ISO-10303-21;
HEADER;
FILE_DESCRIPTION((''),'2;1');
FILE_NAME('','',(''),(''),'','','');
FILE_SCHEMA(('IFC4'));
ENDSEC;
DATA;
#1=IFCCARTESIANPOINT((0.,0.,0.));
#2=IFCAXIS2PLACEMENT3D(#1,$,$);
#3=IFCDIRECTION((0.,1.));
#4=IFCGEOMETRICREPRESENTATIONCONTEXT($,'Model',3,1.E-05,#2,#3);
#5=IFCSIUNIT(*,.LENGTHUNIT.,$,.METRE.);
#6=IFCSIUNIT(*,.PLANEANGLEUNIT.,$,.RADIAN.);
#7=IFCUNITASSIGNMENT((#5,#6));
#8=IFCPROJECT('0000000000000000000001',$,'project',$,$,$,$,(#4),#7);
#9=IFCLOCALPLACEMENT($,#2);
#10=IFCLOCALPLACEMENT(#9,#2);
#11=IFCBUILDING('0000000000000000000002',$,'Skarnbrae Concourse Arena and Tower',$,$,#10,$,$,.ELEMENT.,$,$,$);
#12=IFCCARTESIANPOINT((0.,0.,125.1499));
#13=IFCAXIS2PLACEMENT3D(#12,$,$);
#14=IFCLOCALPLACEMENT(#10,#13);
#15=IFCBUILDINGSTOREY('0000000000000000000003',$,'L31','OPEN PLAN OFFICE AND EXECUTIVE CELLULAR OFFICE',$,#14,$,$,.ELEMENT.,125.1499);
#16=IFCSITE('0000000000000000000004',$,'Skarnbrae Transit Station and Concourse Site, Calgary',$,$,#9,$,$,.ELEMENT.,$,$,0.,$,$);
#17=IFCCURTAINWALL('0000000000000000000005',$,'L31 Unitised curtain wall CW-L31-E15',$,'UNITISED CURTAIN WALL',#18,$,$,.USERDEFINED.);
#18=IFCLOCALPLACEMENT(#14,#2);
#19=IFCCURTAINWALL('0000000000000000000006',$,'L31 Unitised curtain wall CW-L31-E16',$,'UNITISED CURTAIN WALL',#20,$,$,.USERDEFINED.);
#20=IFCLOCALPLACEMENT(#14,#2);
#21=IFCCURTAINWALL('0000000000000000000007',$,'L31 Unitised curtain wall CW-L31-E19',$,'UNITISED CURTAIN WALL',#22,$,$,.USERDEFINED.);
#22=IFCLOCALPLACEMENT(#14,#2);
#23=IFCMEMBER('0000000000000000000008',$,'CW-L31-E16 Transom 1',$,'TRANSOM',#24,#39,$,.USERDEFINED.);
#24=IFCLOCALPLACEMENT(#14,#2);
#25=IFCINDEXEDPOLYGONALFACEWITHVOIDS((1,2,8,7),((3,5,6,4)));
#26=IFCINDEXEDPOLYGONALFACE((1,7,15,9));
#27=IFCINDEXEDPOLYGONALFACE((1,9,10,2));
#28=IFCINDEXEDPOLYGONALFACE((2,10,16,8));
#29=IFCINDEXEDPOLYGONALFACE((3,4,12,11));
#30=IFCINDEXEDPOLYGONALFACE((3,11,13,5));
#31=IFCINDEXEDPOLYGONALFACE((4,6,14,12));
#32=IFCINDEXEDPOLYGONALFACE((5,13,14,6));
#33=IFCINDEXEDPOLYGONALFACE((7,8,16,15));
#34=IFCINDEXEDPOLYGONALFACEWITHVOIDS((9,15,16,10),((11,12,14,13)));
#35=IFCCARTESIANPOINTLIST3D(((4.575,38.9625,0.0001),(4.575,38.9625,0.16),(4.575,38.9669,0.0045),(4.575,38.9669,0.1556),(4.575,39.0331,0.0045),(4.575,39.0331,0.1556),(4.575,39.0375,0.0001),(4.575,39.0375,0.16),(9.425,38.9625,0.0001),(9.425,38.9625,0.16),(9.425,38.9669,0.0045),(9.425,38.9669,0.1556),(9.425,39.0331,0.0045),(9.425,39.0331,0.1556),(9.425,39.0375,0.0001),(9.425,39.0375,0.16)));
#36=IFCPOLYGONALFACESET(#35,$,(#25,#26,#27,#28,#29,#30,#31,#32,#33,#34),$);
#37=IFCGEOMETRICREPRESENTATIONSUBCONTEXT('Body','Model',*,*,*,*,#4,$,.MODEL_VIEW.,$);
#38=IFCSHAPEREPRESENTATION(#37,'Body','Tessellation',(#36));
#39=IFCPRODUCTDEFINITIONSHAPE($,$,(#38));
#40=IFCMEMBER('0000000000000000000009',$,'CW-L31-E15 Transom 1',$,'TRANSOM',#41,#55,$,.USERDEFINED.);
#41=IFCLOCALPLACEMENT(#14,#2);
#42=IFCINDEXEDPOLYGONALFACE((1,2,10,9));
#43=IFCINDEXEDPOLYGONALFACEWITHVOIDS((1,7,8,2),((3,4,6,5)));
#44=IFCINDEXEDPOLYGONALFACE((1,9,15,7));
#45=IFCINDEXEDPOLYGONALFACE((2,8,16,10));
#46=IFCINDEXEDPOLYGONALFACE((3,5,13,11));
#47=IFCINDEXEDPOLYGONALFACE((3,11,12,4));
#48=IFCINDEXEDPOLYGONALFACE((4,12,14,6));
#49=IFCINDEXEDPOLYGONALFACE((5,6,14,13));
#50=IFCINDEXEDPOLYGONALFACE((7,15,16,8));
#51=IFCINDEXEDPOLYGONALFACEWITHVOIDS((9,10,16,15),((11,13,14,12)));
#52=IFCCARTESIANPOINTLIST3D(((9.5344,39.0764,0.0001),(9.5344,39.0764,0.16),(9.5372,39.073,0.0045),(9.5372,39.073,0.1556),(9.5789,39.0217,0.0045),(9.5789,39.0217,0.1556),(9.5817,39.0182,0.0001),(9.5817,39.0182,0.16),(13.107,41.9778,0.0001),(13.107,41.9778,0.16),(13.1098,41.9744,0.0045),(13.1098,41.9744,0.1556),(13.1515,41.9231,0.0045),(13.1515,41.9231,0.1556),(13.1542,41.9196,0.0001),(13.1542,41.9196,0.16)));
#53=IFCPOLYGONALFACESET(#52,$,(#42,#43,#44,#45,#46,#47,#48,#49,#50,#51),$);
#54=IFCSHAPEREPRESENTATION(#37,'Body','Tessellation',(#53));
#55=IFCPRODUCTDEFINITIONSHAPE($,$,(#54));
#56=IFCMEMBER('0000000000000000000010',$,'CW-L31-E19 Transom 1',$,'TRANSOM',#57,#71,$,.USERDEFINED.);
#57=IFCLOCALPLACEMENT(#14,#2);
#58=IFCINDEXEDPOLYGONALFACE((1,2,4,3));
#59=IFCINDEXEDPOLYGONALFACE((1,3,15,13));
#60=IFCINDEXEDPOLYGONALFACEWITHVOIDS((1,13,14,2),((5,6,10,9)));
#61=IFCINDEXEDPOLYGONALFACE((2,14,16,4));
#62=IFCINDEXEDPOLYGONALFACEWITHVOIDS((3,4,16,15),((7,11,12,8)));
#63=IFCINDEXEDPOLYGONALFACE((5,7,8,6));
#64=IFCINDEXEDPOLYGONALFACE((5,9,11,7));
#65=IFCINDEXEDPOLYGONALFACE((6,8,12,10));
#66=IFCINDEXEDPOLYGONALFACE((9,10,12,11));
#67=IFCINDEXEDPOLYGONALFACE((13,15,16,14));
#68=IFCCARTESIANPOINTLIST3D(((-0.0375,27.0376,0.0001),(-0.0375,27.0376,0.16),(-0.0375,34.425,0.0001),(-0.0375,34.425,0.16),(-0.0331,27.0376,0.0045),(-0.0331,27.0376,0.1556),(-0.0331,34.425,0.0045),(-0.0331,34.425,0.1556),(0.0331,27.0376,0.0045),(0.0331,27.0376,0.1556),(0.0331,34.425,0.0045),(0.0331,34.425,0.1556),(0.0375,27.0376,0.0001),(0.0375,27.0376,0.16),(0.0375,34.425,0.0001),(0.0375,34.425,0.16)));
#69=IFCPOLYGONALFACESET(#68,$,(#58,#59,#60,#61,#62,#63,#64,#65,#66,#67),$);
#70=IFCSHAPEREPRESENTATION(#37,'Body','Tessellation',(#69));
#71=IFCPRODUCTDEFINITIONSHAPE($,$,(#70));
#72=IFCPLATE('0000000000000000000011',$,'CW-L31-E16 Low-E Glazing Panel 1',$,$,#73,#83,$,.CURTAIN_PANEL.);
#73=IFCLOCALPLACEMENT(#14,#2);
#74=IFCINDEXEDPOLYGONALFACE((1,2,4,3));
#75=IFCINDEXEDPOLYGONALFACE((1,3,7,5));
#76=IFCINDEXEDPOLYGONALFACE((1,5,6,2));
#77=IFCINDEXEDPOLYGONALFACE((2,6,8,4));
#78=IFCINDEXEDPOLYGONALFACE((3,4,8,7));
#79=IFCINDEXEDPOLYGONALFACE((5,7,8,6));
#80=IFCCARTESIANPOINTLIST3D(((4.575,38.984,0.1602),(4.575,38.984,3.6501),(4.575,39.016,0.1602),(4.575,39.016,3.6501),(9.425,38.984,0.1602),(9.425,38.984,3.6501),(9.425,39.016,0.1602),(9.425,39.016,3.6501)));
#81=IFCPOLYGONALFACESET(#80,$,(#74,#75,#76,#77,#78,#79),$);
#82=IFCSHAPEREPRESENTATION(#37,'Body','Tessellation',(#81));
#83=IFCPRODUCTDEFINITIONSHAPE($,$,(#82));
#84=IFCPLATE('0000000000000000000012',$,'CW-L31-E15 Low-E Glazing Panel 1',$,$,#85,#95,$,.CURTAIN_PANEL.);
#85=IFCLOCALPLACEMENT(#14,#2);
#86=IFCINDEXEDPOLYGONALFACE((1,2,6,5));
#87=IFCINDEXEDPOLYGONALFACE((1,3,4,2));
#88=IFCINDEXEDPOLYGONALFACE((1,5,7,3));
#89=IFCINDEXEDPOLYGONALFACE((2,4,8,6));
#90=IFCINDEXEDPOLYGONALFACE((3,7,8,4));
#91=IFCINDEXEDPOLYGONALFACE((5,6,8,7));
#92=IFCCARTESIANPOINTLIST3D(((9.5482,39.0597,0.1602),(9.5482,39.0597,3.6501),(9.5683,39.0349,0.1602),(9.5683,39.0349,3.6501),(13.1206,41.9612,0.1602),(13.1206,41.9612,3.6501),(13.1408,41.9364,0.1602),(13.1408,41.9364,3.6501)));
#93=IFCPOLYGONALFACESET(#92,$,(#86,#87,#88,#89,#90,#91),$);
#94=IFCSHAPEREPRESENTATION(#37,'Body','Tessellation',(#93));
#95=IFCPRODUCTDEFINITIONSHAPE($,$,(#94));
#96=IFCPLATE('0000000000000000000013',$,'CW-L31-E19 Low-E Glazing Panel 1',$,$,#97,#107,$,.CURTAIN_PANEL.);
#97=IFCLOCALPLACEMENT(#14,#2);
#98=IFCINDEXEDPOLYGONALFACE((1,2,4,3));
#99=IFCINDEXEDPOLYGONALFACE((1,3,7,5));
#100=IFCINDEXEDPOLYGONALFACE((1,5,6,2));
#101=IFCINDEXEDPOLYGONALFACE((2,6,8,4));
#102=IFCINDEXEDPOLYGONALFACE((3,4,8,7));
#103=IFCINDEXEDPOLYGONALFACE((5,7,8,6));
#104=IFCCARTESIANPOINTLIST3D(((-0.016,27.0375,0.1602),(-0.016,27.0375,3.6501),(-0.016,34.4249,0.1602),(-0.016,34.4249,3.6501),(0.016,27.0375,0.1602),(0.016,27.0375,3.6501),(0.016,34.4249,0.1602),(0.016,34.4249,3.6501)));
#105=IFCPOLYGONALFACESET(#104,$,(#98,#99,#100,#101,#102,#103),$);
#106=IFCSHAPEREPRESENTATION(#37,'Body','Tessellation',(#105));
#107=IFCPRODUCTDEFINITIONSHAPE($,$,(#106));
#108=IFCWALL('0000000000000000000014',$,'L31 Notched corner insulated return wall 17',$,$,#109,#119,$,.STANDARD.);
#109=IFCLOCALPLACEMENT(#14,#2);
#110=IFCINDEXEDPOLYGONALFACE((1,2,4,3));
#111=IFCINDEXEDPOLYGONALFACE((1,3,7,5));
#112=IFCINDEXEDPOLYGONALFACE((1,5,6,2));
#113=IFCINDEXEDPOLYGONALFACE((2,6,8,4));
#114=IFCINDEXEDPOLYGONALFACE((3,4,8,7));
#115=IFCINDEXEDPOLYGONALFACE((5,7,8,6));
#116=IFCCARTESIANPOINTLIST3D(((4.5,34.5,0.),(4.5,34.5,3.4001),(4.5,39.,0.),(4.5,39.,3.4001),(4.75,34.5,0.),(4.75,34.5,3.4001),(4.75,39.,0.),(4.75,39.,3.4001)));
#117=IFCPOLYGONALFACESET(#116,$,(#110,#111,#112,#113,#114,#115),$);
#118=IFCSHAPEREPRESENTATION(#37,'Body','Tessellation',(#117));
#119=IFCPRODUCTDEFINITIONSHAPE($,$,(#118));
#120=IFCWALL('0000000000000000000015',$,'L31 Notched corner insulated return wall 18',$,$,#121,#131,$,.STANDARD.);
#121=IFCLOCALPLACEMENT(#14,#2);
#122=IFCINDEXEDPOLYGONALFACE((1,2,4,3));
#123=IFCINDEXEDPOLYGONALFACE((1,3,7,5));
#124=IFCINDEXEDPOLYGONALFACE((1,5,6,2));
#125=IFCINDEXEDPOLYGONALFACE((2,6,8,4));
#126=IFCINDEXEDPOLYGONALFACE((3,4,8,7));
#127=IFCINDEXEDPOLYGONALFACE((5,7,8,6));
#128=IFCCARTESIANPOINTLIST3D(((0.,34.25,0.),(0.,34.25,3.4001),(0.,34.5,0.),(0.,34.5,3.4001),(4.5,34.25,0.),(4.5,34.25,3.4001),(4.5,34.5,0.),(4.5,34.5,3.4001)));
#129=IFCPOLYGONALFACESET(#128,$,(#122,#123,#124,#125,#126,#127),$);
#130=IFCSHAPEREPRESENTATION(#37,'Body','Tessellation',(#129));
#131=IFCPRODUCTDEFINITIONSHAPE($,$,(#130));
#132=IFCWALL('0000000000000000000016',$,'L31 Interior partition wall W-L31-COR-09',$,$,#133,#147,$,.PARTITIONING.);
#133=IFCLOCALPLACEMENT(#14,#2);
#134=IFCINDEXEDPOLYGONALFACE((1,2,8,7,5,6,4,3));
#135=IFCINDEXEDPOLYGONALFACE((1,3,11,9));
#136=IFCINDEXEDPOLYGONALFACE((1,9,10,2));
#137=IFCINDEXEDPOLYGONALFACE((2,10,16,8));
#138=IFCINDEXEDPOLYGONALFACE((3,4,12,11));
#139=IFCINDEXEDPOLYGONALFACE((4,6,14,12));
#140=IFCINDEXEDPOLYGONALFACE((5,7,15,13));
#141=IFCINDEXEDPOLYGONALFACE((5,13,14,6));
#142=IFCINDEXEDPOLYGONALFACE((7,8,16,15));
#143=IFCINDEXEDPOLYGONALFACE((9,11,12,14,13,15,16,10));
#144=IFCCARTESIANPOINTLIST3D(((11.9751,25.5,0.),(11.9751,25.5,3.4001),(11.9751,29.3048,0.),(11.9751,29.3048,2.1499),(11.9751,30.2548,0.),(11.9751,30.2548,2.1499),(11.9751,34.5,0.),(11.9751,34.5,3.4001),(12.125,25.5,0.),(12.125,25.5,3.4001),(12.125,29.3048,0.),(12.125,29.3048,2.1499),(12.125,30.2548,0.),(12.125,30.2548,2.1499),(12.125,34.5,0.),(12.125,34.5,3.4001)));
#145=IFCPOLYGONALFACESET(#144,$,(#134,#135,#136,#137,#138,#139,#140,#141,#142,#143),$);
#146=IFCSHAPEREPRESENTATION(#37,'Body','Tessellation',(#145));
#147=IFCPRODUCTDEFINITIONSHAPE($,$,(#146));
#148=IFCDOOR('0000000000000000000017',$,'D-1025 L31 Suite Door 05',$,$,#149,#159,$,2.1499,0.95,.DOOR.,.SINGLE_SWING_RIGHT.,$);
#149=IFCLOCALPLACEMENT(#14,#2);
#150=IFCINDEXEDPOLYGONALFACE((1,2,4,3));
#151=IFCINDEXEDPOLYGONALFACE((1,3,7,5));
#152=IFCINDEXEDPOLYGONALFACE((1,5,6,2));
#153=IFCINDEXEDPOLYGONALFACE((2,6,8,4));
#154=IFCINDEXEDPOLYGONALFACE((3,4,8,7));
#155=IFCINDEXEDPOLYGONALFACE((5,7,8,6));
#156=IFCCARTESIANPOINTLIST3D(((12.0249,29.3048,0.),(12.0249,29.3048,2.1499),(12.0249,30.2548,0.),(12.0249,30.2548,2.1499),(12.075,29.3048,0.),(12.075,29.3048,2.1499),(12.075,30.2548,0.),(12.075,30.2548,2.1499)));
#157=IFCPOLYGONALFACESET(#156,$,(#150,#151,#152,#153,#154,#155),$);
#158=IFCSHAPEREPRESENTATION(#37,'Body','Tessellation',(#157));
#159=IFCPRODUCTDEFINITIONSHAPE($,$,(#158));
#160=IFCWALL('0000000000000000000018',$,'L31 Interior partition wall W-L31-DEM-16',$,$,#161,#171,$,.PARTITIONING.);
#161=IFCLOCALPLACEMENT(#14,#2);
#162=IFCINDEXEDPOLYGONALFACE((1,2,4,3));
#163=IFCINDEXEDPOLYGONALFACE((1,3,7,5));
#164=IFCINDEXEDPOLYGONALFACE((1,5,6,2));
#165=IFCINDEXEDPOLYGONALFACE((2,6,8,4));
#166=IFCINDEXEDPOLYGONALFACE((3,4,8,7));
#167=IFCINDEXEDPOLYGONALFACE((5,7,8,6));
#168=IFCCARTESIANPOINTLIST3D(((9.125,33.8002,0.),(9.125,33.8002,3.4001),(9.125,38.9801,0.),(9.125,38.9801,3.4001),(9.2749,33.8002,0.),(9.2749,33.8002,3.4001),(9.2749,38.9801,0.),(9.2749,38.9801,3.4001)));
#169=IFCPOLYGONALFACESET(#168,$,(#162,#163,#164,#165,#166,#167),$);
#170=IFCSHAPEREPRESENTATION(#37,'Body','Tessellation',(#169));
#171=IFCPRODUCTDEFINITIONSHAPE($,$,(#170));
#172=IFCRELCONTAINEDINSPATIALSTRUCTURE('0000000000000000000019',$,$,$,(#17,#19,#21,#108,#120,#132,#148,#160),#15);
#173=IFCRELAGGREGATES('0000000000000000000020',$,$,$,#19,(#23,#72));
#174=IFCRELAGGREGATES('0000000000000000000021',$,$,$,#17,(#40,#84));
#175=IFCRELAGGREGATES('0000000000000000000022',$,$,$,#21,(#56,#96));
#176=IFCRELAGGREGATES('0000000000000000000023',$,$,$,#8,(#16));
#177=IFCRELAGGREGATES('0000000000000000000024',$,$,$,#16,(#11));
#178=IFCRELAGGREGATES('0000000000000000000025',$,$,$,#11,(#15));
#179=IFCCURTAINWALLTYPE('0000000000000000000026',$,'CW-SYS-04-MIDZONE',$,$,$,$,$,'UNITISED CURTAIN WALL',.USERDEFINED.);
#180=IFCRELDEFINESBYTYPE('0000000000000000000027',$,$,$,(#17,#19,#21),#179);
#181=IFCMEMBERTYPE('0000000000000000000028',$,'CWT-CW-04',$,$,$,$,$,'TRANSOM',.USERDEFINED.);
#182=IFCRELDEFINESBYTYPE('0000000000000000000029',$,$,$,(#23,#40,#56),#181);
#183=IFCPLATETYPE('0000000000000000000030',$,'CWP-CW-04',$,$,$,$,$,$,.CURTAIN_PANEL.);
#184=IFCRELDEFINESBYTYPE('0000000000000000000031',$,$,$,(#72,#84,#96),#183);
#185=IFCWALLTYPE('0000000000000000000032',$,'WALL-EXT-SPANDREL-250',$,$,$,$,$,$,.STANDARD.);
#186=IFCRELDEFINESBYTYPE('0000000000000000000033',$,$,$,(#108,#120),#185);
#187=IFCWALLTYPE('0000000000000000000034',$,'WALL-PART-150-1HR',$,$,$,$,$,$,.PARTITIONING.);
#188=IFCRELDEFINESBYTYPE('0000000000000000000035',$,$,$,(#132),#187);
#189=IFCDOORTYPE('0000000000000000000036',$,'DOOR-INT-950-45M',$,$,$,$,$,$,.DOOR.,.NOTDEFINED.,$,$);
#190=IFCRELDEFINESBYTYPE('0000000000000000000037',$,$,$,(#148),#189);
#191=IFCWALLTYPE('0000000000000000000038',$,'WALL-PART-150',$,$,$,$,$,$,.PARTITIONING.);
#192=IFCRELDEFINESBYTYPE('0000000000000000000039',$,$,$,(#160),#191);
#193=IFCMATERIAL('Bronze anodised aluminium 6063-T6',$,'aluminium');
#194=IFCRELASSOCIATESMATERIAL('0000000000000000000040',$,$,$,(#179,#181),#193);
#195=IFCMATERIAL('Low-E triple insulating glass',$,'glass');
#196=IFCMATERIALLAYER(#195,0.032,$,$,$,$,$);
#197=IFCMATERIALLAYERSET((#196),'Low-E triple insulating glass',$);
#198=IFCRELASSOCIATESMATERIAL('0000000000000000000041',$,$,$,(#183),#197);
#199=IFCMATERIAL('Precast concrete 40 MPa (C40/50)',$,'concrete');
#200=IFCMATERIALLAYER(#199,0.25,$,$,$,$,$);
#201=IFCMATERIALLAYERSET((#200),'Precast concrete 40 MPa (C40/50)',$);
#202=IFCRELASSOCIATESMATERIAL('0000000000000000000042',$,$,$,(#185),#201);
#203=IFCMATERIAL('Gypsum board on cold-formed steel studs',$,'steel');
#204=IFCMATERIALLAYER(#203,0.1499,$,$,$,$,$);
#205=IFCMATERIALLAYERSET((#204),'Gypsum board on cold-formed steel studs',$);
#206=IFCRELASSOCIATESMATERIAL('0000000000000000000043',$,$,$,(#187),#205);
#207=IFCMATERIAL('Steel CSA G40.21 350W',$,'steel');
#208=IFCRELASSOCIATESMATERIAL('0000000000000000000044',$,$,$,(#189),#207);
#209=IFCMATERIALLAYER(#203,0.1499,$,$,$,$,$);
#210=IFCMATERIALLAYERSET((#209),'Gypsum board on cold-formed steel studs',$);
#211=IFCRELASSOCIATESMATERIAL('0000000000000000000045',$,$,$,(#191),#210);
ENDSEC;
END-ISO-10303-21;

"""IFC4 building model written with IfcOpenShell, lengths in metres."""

from ifc_helpers import new_model, si_unit, direction, frame, frame_2d, origin, origin_2d, place, context, subcontext, project, spatial, rectangle, hollow_rectangle, extrude, source, transform, mapped, material, layer, layer_set, material_profile, profile_set, type_object, element, fill, aggregate, save


model = new_model("IFC4")

# Units and contexts
model_context = context("Model", 3, precision=1e-05, world=origin(), true_north=direction((0.0, 1.0)))
body_context = subcontext(model_context, "Body", "Model", "MODEL_VIEW")
ifc_project = project(units=[si_unit("LENGTHUNIT", "METRE"), si_unit("PLANEANGLEUNIT", "RADIAN")], contexts=[model_context])

# Site, building, storey
site_placement = place(None, origin())
site = spatial("IfcSite", under=ifc_project, at=site_placement, Name="Skarnbrae Transit Station and Concourse Site, Calgary", CompositionType="ELEMENT", RefElevation=0.0)
building_placement = place(site_placement, origin())
building = spatial("IfcBuilding", under=site, at=building_placement, Name="Skarnbrae Concourse Arena and Tower", CompositionType="ELEMENT")
storey_placement = place(building_placement, frame((0.0, 0.0, 125.1499)))
storey = spatial("IfcBuildingStorey", under=building, at=storey_placement, Name="L31", Description="OPEN PLAN OFFICE AND EXECUTIVE CELLULAR OFFICE", CompositionType="ELEMENT", Elevation=125.1499)

# Shared definitions
ifc_material_1 = material(Name="Steel CSA G40.21 350W", Category="steel")

# Shared definitions
ifc_material_2 = material(Name="Bronze anodised aluminium 6063-T6", Category="aluminium")
curtain_wall_type = type_object("IfcCurtainWallType", Name="CW-SYS-04-MIDZONE", ElementType="UNITISED CURTAIN WALL", PredefinedType="USERDEFINED", material=ifc_material_2)

# Curtain walls
curtain_wall_1_placement = place(storey_placement, origin())
curtain_wall_1 = element("IfcCurtainWall", 1, at=curtain_wall_1_placement, inside=storey, type_object=curtain_wall_type, Name="L31 Unitised curtain wall CW-L31-E15", ObjectType="UNITISED CURTAIN WALL", PredefinedType="USERDEFINED")
curtain_wall_2_placement = place(storey_placement, origin())
curtain_wall_2 = element("IfcCurtainWall", 2, at=curtain_wall_2_placement, inside=storey, type_object=curtain_wall_type, Name="L31 Unitised curtain wall CW-L31-E16", ObjectType="UNITISED CURTAIN WALL", PredefinedType="USERDEFINED")

# Curtain wall
curtain_wall_3_placement = place(storey_placement, origin())
curtain_wall_3 = element("IfcCurtainWall", 3, at=curtain_wall_3_placement, inside=storey, type_object=curtain_wall_type, Name="L31 Unitised curtain wall CW-L31-E19", ObjectType="UNITISED CURTAIN WALL", PredefinedType="USERDEFINED")

# Members
ifc_material_profile_1 = material_profile(ifc_material_2, hollow_rectangle(XDim=0.075, YDim=0.1599, WallThickness=0.0044, at=origin_2d()), Name="ALU-TRAN-75X160")
ifc_profile_set_1 = profile_set([ifc_material_profile_1], Name="Bronze anodised aluminium 6063-T6")
member_type_1 = type_object("IfcMemberType", Name="CWT-CW-04", ElementType="TRANSOM", PredefinedType="USERDEFINED", material=ifc_profile_set_1)
shared_shape_1 = source(origin(), body_context, "Body", "SweptSolid", [
    extrude(hollow_rectangle(XDim=0.075, YDim=0.1599, WallThickness=0.0044, at=origin_2d()), origin(), (0.0, 0.0, 1.0), 4.8501),
])
member_1_placement = place(storey_placement, frame((9.425, 39.0, 0.0801), z_axis=(-1.0, 0.0, 0.0), x_axis=(0.0, -1.0, 0.0)))
member_1 = element("IfcMember", 4, at=member_1_placement, type_object=member_type_1, Name="CW-L31-E16 Transom 1", ObjectType="TRANSOM", PredefinedType="USERDEFINED", context=body_context, shape_type="MappedRepresentation", body=[
    mapped(shared_shape_1, transform((0.0, 0.0, 0.0))),
])
shared_shape_2 = source(origin(), body_context, "Body", "SweptSolid", [
    extrude(hollow_rectangle(XDim=0.075, YDim=0.1599, WallThickness=0.0044, at=origin_2d()), origin(), (0.0, 0.0, 1.0), 4.6023),
])
member_2_placement = place(storey_placement, frame((13.1306, 41.9487, 0.0801), z_axis=(-0.776252, -0.630423, 0.0), x_axis=(0.630423, -0.776252, 0.0)))
member_2 = element("IfcMember", 5, at=member_2_placement, type_object=member_type_1, Name="CW-L31-E15 Transom 1", ObjectType="TRANSOM", PredefinedType="USERDEFINED", context=body_context, shape_type="MappedRepresentation", body=[
    mapped(shared_shape_2, transform((0.0, 0.0, 0.0))),
])
shared_shape_3 = source(origin(), body_context, "Body", "SweptSolid", [
    extrude(hollow_rectangle(XDim=0.075, YDim=0.1599, WallThickness=0.0044, at=origin_2d()), origin(), (0.0, 0.0, 1.0), 7.3875),
])
member_3_placement = place(storey_placement, frame((0.0, 34.425, 0.0801), z_axis=(0.0, -1.0, 0.0), x_axis=(1.0, 0.0, 0.0)))
member_3 = element("IfcMember", 6, at=member_3_placement, type_object=member_type_1, Name="CW-L31-E19 Transom 1", ObjectType="TRANSOM", PredefinedType="USERDEFINED", context=body_context, shape_type="MappedRepresentation", body=[
    mapped(shared_shape_3, transform((0.0, 0.0, 0.0))),
])

# Plates
ifc_material_3 = material(Name="Low-E triple insulating glass", Category="glass")
ifc_layer_1 = layer(ifc_material_3, 0.032)
ifc_layer_set_1 = layer_set([ifc_layer_1], Name="Low-E triple insulating glass")
plate_type = type_object("IfcPlateType", Name="CWP-CW-04", PredefinedType="CURTAIN_PANEL", material=ifc_layer_set_1)
shared_shape_4 = source(origin(), body_context, "Body", "SweptSolid", [
    extrude(rectangle(XDim=4.8501, YDim=0.032, at=origin_2d()), origin(), (0.0, 0.0, 1.0), 3.49),
])
plate_1_placement = place(storey_placement, frame((7.0, 39.0, 0.1602), z_axis=(0.0, 0.0, 1.0), x_axis=(-1.0, 0.0, 0.0)))
plate_1 = element("IfcPlate", 7, at=plate_1_placement, type_object=plate_type, Name="CW-L31-E16 Low-E Glazing Panel 1", PredefinedType="CURTAIN_PANEL", context=body_context, shape_type="MappedRepresentation", body=[
    mapped(shared_shape_4, transform((0.0, 0.0, 0.0))),
])
aggregate(curtain_wall_2, [member_1, plate_1])
shared_shape_5 = source(origin(), body_context, "Body", "SweptSolid", [
    extrude(rectangle(XDim=4.6023, YDim=0.032, at=origin_2d()), origin(), (0.0, 0.0, 1.0), 3.49),
])
plate_2_placement = place(storey_placement, frame((11.3445, 40.498, 0.1602), z_axis=(0.0, 0.0, 1.0), x_axis=(-0.776241, -0.630436, 0.0)))
plate_2 = element("IfcPlate", 8, at=plate_2_placement, type_object=plate_type, Name="CW-L31-E15 Low-E Glazing Panel 1", PredefinedType="CURTAIN_PANEL", context=body_context, shape_type="MappedRepresentation", body=[
    mapped(shared_shape_5, transform((0.0, 0.0, 0.0))),
])
aggregate(curtain_wall_1, [member_2, plate_2])
shared_shape_6 = source(origin(), body_context, "Body", "SweptSolid", [
    extrude(rectangle(XDim=7.3875, YDim=0.032, at=origin_2d()), origin(), (0.0, 0.0, 1.0), 3.49),
])
plate_3_placement = place(storey_placement, frame((0.0, 30.7312, 0.1602), z_axis=(0.0, 0.0, 1.0), x_axis=(0.0, -1.0, 0.0)))
plate_3 = element("IfcPlate", 9, at=plate_3_placement, type_object=plate_type, Name="CW-L31-E19 Low-E Glazing Panel 1", PredefinedType="CURTAIN_PANEL", context=body_context, shape_type="MappedRepresentation", body=[
    mapped(shared_shape_6, transform((0.0, 0.0, 0.0))),
])
aggregate(curtain_wall_3, [member_3, plate_3])

# Walls
ifc_material_4 = material(Name="Precast concrete 40 MPa (C40/50)", Category="concrete")
ifc_layer_2 = layer(ifc_material_4, 0.25)
ifc_layer_set_2 = layer_set([ifc_layer_2], Name="Precast concrete 40 MPa (C40/50)")
wall_type_1 = type_object("IfcWallType", Name="WALL-EXT-SPANDREL-250", PredefinedType="STANDARD", material=ifc_layer_set_2)
shared_shape_7 = source(origin(), body_context, "Body", "SweptSolid", [
    extrude(rectangle(XDim=4.5, YDim=0.25, at=frame_2d((2.25, 0.0))), origin(), (0.0, 0.0, 1.0), 3.4001),
])
for number, where, z_axis, x_axis, name in (
    (10, (4.625, 39.0, 0.0), (0.0, 0.0, 1.0), (0.0, -1.0, 0.0), "L31 Notched corner insulated return wall 17"),
    (11, (4.5, 34.375, 0.0), (0.0, 0.0, 1.0), (-1.0, 0.0, 0.0), "L31 Notched corner insulated return wall 18"),
):
    element("IfcWall", number, at=place(storey_placement, frame(where, z_axis=z_axis, x_axis=x_axis)), inside=storey, type_object=wall_type_1, Name=name, PredefinedType="STANDARD", context=body_context, shape_type="MappedRepresentation", body=[
        mapped(shared_shape_7, transform((0.0, 0.0, 0.0))),
    ])

# Wall, opening, door
ifc_material_5 = material(Name="Gypsum board on cold-formed steel studs", Category="steel")
ifc_layer_3 = layer(ifc_material_5, 0.1499)
ifc_layer_set_3 = layer_set([ifc_layer_3], Name="Gypsum board on cold-formed steel studs")
wall_type_2 = type_object("IfcWallType", Name="WALL-PART-150-1HR", PredefinedType="PARTITIONING", material=ifc_layer_set_3)
shared_shape_8 = source(origin(), body_context, "Body", "SweptSolid", [
    extrude(rectangle(XDim=9.0, YDim=0.1499, at=frame_2d((4.5, 0.0))), origin(), (0.0, 0.0, 1.0), 3.4001),
])
wall_1_placement = place(storey_placement, frame((12.05, 34.5, 0.0), z_axis=(0.0, 0.0, 1.0), x_axis=(0.0, -1.0, 0.0)))
wall_1 = element("IfcWall", 12, at=wall_1_placement, inside=storey, type_object=wall_type_2, Name="L31 Interior partition wall W-L31-COR-09", PredefinedType="PARTITIONING", context=body_context, shape_type="MappedRepresentation", body=[
    mapped(shared_shape_8, transform((0.0, 0.0, 0.0))),
])
opening_1_placement = place(wall_1_placement, frame((4.2451, 0.0, 0.0)))
opening_1 = element("IfcOpeningElement", 13, at=opening_1_placement, cuts=wall_1, PredefinedType="OPENING", context=body_context, shape_type="SweptSolid", body=[
    extrude(rectangle(XDim=0.95, YDim=2.1499, at=frame_2d((0.4751, 1.075))), frame((0.0, 0.085, 0.0), z_axis=(0.0, -1.0, 0.0), x_axis=(1.0, 0.0, 0.0)), (0.0, 0.0, 1.0), 0.1699),
])
door_type = type_object("IfcDoorType", Name="DOOR-INT-950-45M", OperationType="NOTDEFINED", PredefinedType="DOOR", material=ifc_material_1)
shared_shape_9 = source(origin(), body_context, "Body", "SweptSolid", [
    extrude(rectangle(XDim=0.95, YDim=2.1499, at=frame_2d((0.4751, 1.075))), frame((0.0, 0.0249, 0.0), z_axis=(0.0, -1.0, 0.0), x_axis=(1.0, 0.0, 0.0)), (0.0, 0.0, 1.0), 0.05),
])
door_1_placement = place(opening_1_placement, origin())
door_1 = element("IfcDoor", 14, at=door_1_placement, inside=storey, type_object=door_type, Name="D-1025 L31 Suite Door 05", OperationType="SINGLE_SWING_RIGHT", OverallHeight=2.1499, OverallWidth=0.95, PredefinedType="DOOR", context=body_context, shape_type="MappedRepresentation", body=[
    mapped(shared_shape_9, transform((0.0, 0.0, 0.0))),
])
fill(opening_1, door_1)

# Wall
ifc_layer_4 = layer(ifc_material_5, 0.1499)
ifc_layer_set_4 = layer_set([ifc_layer_4], Name="Gypsum board on cold-formed steel studs")
wall_type_3 = type_object("IfcWallType", Name="WALL-PART-150", PredefinedType="PARTITIONING", material=ifc_layer_set_4)
shared_shape_10 = source(origin(), body_context, "Body", "SweptSolid", [
    extrude(rectangle(XDim=5.1799, YDim=0.1499, at=frame_2d((2.5898, 0.0))), origin(), (0.0, 0.0, 1.0), 3.4001),
])
wall_2_placement = place(storey_placement, frame((9.2, 38.98, 0.0), z_axis=(0.0, 0.0, 1.0), x_axis=(0.0, -1.0, 0.0)))
element("IfcWall", 15, at=wall_2_placement, inside=storey, type_object=wall_type_3, Name="L31 Interior partition wall W-L31-DEM-16", PredefinedType="PARTITIONING", context=body_context, shape_type="MappedRepresentation", body=[
    mapped(shared_shape_10, transform((0.0, 0.0, 0.0))),
])

save(model, "model.ifc")
